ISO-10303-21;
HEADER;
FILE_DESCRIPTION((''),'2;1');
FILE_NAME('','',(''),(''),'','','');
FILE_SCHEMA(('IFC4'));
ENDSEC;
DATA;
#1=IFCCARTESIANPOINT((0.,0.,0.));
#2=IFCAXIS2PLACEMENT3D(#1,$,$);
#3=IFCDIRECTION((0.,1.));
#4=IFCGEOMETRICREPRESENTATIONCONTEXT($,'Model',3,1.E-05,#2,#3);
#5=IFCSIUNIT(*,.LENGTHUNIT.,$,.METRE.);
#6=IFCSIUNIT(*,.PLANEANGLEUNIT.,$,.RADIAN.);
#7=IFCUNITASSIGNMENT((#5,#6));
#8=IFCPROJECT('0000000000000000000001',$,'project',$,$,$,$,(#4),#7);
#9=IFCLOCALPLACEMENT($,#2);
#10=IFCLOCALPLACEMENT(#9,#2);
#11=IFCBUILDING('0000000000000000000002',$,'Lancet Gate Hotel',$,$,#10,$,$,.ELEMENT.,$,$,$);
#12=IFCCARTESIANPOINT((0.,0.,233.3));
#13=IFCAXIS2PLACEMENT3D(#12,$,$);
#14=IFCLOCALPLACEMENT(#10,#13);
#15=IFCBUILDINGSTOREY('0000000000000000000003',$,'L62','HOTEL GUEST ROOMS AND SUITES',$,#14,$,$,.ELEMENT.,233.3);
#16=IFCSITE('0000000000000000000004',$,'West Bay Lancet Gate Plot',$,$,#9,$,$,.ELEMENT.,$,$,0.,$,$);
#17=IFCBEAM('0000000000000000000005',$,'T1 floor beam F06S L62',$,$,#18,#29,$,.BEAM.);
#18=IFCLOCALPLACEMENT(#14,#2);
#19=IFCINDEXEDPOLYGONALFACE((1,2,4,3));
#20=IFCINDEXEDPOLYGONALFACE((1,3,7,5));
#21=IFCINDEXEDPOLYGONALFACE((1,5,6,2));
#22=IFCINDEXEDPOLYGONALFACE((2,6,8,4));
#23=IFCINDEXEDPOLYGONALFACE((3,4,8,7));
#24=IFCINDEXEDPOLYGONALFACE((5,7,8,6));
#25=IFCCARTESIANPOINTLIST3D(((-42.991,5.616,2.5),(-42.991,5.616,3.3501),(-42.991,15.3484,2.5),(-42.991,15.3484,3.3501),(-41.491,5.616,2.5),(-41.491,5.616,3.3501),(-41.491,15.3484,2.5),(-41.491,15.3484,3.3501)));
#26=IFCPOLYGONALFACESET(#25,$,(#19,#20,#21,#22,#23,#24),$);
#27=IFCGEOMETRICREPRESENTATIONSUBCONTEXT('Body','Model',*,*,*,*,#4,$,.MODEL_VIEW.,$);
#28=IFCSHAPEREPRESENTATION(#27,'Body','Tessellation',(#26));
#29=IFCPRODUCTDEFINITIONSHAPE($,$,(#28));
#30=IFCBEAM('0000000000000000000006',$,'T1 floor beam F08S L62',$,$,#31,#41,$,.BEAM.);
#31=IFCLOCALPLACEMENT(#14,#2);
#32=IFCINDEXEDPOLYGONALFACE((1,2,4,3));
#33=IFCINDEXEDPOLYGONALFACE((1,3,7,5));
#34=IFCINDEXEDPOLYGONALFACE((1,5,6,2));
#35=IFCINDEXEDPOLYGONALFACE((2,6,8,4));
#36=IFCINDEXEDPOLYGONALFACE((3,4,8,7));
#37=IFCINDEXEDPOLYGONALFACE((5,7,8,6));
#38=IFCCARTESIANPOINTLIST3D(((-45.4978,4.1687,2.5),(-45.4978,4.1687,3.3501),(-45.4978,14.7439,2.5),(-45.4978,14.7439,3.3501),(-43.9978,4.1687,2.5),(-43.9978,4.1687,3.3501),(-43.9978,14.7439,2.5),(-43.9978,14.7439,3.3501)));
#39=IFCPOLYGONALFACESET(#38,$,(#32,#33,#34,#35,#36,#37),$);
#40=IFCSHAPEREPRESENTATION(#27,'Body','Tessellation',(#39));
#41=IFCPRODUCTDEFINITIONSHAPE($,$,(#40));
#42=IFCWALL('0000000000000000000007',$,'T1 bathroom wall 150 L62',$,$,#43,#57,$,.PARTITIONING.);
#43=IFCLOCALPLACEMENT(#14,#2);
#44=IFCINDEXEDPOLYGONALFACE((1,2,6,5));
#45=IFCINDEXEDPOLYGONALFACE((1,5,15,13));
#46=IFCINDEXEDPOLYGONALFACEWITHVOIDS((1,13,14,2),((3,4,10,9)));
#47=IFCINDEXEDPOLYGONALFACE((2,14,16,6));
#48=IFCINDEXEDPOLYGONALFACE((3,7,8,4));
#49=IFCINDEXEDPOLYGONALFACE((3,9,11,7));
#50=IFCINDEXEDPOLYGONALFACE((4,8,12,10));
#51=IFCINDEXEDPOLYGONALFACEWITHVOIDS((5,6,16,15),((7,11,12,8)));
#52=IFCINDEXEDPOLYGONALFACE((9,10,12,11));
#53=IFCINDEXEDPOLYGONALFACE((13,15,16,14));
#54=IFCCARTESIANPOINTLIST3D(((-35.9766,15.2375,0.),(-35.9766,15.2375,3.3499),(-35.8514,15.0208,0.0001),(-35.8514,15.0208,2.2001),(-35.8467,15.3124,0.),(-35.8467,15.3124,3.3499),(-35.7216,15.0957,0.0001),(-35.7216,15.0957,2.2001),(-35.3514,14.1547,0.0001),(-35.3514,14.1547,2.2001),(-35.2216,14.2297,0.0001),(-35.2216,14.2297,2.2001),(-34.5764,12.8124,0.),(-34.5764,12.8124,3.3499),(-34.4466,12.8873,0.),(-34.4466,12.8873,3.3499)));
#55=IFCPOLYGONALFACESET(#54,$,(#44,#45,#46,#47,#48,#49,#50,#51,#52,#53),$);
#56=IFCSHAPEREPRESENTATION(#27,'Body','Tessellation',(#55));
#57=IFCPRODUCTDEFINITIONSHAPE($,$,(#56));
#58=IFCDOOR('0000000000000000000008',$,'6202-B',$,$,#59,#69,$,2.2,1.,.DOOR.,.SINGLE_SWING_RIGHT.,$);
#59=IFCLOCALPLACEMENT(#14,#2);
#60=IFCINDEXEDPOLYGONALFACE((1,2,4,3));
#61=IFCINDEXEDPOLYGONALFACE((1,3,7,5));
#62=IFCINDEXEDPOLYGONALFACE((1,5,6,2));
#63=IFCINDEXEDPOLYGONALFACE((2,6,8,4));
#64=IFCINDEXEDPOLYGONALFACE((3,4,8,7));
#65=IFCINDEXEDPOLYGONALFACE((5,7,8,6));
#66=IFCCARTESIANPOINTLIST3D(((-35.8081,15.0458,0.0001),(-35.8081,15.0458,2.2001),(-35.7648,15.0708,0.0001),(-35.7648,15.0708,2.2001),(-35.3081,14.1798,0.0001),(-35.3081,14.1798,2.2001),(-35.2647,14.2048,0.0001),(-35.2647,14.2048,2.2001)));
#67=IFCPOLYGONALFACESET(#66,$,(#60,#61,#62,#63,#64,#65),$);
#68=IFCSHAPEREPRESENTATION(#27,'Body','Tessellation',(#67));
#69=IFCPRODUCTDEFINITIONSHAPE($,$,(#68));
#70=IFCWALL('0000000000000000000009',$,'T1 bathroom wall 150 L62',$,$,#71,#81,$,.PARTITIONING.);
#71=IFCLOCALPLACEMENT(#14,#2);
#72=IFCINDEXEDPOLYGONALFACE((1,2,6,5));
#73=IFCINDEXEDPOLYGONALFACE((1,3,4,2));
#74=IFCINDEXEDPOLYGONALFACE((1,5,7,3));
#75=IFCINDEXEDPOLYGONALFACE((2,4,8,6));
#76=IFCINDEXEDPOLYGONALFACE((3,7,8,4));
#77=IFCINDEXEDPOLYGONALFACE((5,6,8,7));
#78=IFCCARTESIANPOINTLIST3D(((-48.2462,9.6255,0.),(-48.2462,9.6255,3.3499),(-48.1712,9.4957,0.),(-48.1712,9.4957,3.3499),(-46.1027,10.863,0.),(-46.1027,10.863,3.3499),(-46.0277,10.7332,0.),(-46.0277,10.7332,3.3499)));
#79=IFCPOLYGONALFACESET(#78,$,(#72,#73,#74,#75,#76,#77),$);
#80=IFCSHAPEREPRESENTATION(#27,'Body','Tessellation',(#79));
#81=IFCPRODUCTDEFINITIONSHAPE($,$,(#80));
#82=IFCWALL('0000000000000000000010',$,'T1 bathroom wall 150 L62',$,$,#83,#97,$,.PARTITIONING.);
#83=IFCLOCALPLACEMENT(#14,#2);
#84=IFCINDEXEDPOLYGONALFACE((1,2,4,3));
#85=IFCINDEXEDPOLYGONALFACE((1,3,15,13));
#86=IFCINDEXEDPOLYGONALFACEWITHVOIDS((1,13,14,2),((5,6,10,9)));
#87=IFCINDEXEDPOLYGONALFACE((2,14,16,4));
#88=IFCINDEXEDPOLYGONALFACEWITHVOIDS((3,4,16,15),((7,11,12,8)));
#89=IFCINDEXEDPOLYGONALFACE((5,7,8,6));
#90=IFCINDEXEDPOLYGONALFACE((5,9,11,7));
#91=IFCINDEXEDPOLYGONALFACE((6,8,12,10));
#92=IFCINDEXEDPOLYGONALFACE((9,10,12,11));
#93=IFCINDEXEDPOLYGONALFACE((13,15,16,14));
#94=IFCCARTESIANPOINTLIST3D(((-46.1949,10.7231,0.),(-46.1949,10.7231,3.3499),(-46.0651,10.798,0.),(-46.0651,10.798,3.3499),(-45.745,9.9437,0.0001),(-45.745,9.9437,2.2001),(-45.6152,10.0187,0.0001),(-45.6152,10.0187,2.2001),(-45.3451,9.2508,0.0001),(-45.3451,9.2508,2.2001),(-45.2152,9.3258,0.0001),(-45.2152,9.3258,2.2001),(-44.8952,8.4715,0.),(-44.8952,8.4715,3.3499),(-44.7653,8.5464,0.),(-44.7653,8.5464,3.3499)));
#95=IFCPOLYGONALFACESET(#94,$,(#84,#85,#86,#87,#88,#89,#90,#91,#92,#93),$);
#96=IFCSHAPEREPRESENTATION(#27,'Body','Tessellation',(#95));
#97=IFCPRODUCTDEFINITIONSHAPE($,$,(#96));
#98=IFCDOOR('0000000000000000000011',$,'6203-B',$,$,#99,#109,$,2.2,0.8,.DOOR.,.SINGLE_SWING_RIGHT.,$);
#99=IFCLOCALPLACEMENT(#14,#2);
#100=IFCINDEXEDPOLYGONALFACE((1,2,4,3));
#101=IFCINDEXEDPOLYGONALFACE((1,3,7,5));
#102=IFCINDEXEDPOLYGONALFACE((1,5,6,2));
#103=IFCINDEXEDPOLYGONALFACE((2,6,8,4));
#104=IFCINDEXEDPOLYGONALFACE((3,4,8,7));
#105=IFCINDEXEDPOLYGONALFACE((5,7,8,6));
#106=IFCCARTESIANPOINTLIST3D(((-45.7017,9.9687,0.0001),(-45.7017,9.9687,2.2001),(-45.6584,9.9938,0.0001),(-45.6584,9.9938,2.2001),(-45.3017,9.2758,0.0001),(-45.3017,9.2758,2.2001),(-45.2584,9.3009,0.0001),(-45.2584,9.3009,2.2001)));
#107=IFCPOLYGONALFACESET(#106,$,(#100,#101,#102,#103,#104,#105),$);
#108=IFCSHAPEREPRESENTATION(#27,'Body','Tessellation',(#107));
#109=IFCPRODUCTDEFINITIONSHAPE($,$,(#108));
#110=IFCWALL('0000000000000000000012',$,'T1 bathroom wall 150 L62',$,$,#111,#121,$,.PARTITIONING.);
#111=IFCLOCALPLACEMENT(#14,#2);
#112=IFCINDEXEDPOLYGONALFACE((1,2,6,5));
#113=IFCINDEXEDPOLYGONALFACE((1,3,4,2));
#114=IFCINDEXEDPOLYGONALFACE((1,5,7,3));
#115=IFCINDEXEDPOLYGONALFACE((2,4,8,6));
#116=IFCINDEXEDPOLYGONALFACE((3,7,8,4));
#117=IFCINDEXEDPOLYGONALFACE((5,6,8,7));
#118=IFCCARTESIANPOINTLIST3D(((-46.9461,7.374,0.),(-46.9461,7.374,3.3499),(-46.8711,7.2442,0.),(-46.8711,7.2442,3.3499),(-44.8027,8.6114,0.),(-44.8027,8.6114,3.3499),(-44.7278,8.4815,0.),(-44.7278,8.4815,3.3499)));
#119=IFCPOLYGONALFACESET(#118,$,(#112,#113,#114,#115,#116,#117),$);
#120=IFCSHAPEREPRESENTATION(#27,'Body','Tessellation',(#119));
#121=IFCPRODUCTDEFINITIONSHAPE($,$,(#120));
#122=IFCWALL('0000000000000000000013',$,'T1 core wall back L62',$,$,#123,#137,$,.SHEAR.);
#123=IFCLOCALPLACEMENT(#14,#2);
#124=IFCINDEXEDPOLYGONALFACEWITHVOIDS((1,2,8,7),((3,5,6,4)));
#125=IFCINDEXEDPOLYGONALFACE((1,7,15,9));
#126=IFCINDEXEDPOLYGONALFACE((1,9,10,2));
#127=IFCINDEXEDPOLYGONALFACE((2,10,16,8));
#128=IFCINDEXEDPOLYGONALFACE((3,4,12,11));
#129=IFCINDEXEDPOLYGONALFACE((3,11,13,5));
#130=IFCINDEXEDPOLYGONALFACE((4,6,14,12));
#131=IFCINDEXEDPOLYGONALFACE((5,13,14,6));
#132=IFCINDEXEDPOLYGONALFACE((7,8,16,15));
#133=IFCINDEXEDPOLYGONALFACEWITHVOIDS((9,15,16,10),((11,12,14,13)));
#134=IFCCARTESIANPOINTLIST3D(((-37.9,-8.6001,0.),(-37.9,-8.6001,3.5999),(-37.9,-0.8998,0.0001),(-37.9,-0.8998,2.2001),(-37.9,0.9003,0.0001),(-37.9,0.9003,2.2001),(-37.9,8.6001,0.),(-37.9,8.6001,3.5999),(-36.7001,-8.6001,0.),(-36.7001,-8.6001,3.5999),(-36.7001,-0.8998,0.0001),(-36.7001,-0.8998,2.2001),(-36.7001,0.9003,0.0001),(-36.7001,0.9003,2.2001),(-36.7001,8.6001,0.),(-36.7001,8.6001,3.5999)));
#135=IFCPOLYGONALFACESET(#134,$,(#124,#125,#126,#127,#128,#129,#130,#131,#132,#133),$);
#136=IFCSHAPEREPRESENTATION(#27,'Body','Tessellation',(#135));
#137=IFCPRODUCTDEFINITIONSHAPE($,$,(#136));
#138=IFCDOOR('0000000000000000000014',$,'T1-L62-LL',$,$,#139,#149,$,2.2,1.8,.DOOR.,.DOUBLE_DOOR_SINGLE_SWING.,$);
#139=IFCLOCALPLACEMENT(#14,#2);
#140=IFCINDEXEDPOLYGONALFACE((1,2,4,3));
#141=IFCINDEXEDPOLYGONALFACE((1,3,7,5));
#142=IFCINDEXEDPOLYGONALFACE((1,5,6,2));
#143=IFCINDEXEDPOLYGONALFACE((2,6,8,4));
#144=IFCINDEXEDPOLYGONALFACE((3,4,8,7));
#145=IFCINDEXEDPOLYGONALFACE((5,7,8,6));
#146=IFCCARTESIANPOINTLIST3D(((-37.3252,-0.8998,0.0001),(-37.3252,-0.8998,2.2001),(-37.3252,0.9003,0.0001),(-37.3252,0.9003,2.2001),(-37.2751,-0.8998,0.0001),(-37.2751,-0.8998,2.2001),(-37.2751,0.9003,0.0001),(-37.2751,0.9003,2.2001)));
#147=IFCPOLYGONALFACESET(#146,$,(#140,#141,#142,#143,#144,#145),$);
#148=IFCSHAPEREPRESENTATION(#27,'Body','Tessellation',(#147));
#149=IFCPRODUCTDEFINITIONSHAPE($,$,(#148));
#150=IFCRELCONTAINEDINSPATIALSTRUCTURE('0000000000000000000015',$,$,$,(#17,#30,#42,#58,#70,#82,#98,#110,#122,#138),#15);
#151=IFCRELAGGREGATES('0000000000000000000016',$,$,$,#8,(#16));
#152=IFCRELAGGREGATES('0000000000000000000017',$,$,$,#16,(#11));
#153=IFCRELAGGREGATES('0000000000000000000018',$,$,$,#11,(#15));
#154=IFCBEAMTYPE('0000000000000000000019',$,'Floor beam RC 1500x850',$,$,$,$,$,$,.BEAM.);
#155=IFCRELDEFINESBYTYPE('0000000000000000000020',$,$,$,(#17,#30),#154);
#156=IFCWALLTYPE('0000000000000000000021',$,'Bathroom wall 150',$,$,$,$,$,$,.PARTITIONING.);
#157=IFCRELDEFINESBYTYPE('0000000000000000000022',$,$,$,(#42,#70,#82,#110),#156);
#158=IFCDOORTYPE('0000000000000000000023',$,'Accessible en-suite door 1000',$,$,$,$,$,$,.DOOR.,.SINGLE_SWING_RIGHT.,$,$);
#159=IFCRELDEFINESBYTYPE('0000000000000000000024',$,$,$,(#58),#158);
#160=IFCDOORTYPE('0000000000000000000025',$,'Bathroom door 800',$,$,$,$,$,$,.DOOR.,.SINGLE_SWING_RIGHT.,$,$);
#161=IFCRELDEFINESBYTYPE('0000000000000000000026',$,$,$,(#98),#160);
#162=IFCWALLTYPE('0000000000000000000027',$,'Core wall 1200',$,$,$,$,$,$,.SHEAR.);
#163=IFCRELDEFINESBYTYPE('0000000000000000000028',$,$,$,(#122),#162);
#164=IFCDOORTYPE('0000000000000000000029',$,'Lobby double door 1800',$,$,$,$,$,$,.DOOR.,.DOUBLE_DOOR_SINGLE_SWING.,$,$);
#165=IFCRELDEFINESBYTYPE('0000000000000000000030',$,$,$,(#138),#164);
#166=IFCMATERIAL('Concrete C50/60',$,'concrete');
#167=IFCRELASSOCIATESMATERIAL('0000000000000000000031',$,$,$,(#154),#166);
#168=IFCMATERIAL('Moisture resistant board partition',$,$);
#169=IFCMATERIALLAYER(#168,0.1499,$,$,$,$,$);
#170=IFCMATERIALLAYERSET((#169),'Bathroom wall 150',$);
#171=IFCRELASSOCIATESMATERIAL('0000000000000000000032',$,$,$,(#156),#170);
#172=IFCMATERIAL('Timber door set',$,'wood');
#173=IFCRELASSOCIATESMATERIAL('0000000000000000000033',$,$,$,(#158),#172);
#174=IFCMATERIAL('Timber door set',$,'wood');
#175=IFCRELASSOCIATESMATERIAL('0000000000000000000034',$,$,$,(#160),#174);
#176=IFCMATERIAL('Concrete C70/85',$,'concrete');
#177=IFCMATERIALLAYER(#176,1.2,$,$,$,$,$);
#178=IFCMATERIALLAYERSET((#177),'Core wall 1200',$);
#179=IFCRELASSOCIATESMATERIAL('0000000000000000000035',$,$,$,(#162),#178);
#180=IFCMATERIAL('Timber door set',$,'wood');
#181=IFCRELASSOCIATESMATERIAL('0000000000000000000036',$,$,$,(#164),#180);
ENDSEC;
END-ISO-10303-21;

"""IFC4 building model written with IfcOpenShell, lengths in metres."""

from ifc_helpers import new_model, si_unit, direction, frame, frame_2d, origin, origin_2d, place, context, subcontext, project, spatial, rectangle, extrude, material, layer, layer_set, material_profile, profile_set, type_object, element, fill, save


model = new_model("IFC4")

# Units and contexts
model_context = context("Model", 3, precision=1e-05, world=origin(), true_north=direction((0.0, 1.0)))
body_context = subcontext(model_context, "Body", "Model", "MODEL_VIEW")
ifc_project = project(units=[si_unit("LENGTHUNIT", "METRE"), si_unit("PLANEANGLEUNIT", "RADIAN")], contexts=[model_context])

# Site, building, storey
site_placement = place(None, origin())
site = spatial("IfcSite", under=ifc_project, at=site_placement, Name="West Bay Lancet Gate Plot", CompositionType="ELEMENT", RefElevation=0.0)
building_placement = place(site_placement, origin())
building = spatial("IfcBuilding", under=site, at=building_placement, Name="Lancet Gate Hotel", CompositionType="ELEMENT")
storey_placement = place(building_placement, frame((0.0, 0.0, 233.3)))
storey = spatial("IfcBuildingStorey", under=building, at=storey_placement, Name="L62", Description="HOTEL GUEST ROOMS AND SUITES", CompositionType="ELEMENT", Elevation=233.3)

# Beams
ifc_material_1 = material(Name="Concrete C50/60", Category="concrete")
ifc_material_profile = material_profile(ifc_material_1, rectangle(XDim=1.5, YDim=0.8501, at=origin_2d()), Name="RC 1500x850")
ifc_profile_set = profile_set([ifc_material_profile], Name="Concrete C50/60")
beam_type = type_object("IfcBeamType", Name="Floor beam RC 1500x850", PredefinedType="BEAM", material=ifc_profile_set)
beam_1_placement = place(storey_placement, frame((-42.241, 15.3484, 2.925), z_axis=(0.0, -1.0, 0.0), x_axis=(1.0, 0.0, 0.0)))
element("IfcBeam", 1, at=beam_1_placement, inside=storey, type_object=beam_type, Name="T1 floor beam F06S L62", PredefinedType="BEAM", context=body_context, shape_type="SweptSolid", body=[
    extrude(rectangle(XDim=1.5, YDim=0.8501, at=origin_2d()), origin(), (0.0, 0.0, 1.0), 9.7324),
])
beam_2_placement = place(storey_placement, frame((-44.7478, 14.7439, 2.925), z_axis=(0.0, -1.0, 0.0), x_axis=(1.0, 0.0, 0.0)))
element("IfcBeam", 2, at=beam_2_placement, inside=storey, type_object=beam_type, Name="T1 floor beam F08S L62", PredefinedType="BEAM", context=body_context, shape_type="SweptSolid", body=[
    extrude(rectangle(XDim=1.5, YDim=0.8501, at=origin_2d()), origin(), (0.0, 0.0, 1.0), 10.5752),
])

# Wall, opening, door
ifc_material_2 = material(Name="Moisture resistant board partition")
ifc_layer_1 = layer(ifc_material_2, 0.1499)
ifc_layer_set_1 = layer_set([ifc_layer_1], Name="Bathroom wall 150")
wall_type_1 = type_object("IfcWallType", Name="Bathroom wall 150", PredefinedType="PARTITIONING", material=ifc_layer_set_1)
wall_1_placement = place(storey_placement, frame((-34.5115, 12.8499, 0.0), z_axis=(0.0, 0.0, 1.0), x_axis=(-0.500012, 0.866019, 0.0)))
wall_1 = element("IfcWall", 3, at=wall_1_placement, inside=storey, type_object=wall_type_1, Name="T1 bathroom wall 150 L62", PredefinedType="PARTITIONING", context=body_context, shape_type="SweptSolid", body=[
    extrude(rectangle(XDim=2.8003, YDim=0.1499, at=frame_2d((1.4001, 0.0))), origin(), (0.0, 0.0, 1.0), 3.3499),
])
opening_1_placement = place(wall_1_placement, frame((1.55, 0.0, 0.0)))
opening_1 = element("IfcOpeningElement", 4, at=opening_1_placement, cuts=wall_1, PredefinedType="OPENING", context=body_context, shape_type="SweptSolid", body=[
    extrude(rectangle(XDim=1.0, YDim=2.2, at=frame_2d((0.5, 1.1001))), frame((0.0, 0.085, 0.0), z_axis=(0.0, -1.0, 0.0), x_axis=(1.0, 0.0, 0.0)), (0.0, 0.0, 1.0), 0.1699),
])
ifc_material_3 = material(Name="Timber door set", Category="wood")
door_type_1 = type_object("IfcDoorType", Name="Accessible en-suite door 1000", OperationType="SINGLE_SWING_RIGHT", PredefinedType="DOOR", material=ifc_material_3)
door_1_placement = place(opening_1_placement, origin())
door_1 = element("IfcDoor", 5, at=door_1_placement, inside=storey, type_object=door_type_1, Name="6202-B", OperationType="SINGLE_SWING_RIGHT", OverallHeight=2.2, OverallWidth=1.0, PredefinedType="DOOR", context=body_context, shape_type="SweptSolid", body=[
    extrude(rectangle(XDim=1.0, YDim=2.2, at=frame_2d((0.5, 1.1001))), frame((0.0, 0.0249, 0.0), z_axis=(0.0, -1.0, 0.0), x_axis=(1.0, 0.0, 0.0)), (0.0, 0.0, 1.0), 0.05),
])
fill(opening_1, door_1)

# Wall
wall_2_placement = place(storey_placement, frame((-46.0652, 10.7981, 0.0), z_axis=(0.0, 0.0, 1.0), x_axis=(-0.866031, -0.49999, 0.0)))
element("IfcWall", 6, at=wall_2_placement, inside=storey, type_object=wall_type_1, Name="T1 bathroom wall 150 L62", PredefinedType="PARTITIONING", context=body_context, shape_type="SweptSolid", body=[
    extrude(rectangle(XDim=2.4751, YDim=0.1499, at=frame_2d((1.2375, 0.0))), origin(), (0.0, 0.0, 1.0), 3.3499),
])

# Wall, opening, door
wall_3_placement = place(storey_placement, frame((-44.8303, 8.509, 0.0), z_axis=(0.0, 0.0, 1.0), x_axis=(-0.499937, 0.866062, 0.0)))
wall_3 = element("IfcWall", 7, at=wall_3_placement, inside=storey, type_object=wall_type_1, Name="T1 bathroom wall 150 L62", PredefinedType="PARTITIONING", context=body_context, shape_type="SweptSolid", body=[
    extrude(rectangle(XDim=2.5999, YDim=0.1499, at=frame_2d((1.2998, 0.0))), origin(), (0.0, 0.0, 1.0), 3.3499),
])
opening_2_placement = place(wall_3_placement, frame((0.8999, 0.0, 0.0)))
opening_2 = element("IfcOpeningElement", 8, at=opening_2_placement, cuts=wall_3, PredefinedType="OPENING", context=body_context, shape_type="SweptSolid", body=[
    extrude(rectangle(XDim=0.8, YDim=2.2, at=frame_2d((0.3999, 1.1001))), frame((0.0, 0.085, 0.0), z_axis=(0.0, -1.0, 0.0), x_axis=(1.0, 0.0, 0.0)), (0.0, 0.0, 1.0), 0.1699),
])
ifc_material_4 = material(Name="Timber door set", Category="wood")
door_type_2 = type_object("IfcDoorType", Name="Bathroom door 800", OperationType="SINGLE_SWING_RIGHT", PredefinedType="DOOR", material=ifc_material_4)
door_2_placement = place(opening_2_placement, origin())
door_2 = element("IfcDoor", 9, at=door_2_placement, inside=storey, type_object=door_type_2, Name="6203-B", OperationType="SINGLE_SWING_RIGHT", OverallHeight=2.2, OverallWidth=0.8, PredefinedType="DOOR", context=body_context, shape_type="SweptSolid", body=[
    extrude(rectangle(XDim=0.8, YDim=2.2, at=frame_2d((0.3999, 1.1001))), frame((0.0, 0.0249, 0.0), z_axis=(0.0, -1.0, 0.0), x_axis=(1.0, 0.0, 0.0)), (0.0, 0.0, 1.0), 0.05),
])
fill(opening_2, door_2)

# Wall
wall_4_placement = place(storey_placement, frame((-44.7654, 8.5464, 0.0), z_axis=(0.0, 0.0, 1.0), x_axis=(-0.866049, -0.499959, 0.0)))
element("IfcWall", 10, at=wall_4_placement, inside=storey, type_object=wall_type_1, Name="T1 bathroom wall 150 L62", PredefinedType="PARTITIONING", context=body_context, shape_type="SweptSolid", body=[
    extrude(rectangle(XDim=2.4749, YDim=0.1499, at=frame_2d((1.2373, 0.0))), origin(), (0.0, 0.0, 1.0), 3.3499),
])

# Wall, opening, door
ifc_material_5 = material(Name="Concrete C70/85", Category="concrete")
ifc_layer_2 = layer(ifc_material_5, 1.2)
ifc_layer_set_2 = layer_set([ifc_layer_2], Name="Core wall 1200")
wall_type_2 = type_object("IfcWallType", Name="Core wall 1200", PredefinedType="SHEAR", material=ifc_layer_set_2)
wall_5_placement = place(storey_placement, frame((-37.3, 8.6001, 0.0), z_axis=(0.0, 0.0, 1.0), x_axis=(0.0, -1.0, 0.0)))
wall_5 = element("IfcWall", 11, at=wall_5_placement, inside=storey, type_object=wall_type_2, Name="T1 core wall back L62", PredefinedType="SHEAR", context=body_context, shape_type="SweptSolid", body=[
    extrude(rectangle(XDim=17.2002, YDim=1.2, at=frame_2d((8.6001, 0.0))), origin(), (0.0, 0.0, 1.0), 3.5999),
])
opening_3_placement = place(wall_5_placement, frame((7.7, 0.0, 0.0)))
opening_3 = element("IfcOpeningElement", 12, at=opening_3_placement, cuts=wall_5, PredefinedType="OPENING", context=body_context, shape_type="SweptSolid", body=[
    extrude(rectangle(XDim=1.8, YDim=2.2, at=frame_2d((0.8999, 1.1001))), frame((0.0, 0.6099, 0.0), z_axis=(0.0, -1.0, 0.0), x_axis=(1.0, 0.0, 0.0)), (0.0, 0.0, 1.0), 1.22),
])
ifc_material_6 = material(Name="Timber door set", Category="wood")
door_type_3 = type_object("IfcDoorType", Name="Lobby double door 1800", OperationType="DOUBLE_DOOR_SINGLE_SWING", PredefinedType="DOOR", material=ifc_material_6)
door_3_placement = place(opening_3_placement, origin())
door_3 = element("IfcDoor", 13, at=door_3_placement, inside=storey, type_object=door_type_3, Name="T1-L62-LL", OperationType="DOUBLE_DOOR_SINGLE_SWING", OverallHeight=2.2, OverallWidth=1.8, PredefinedType="DOOR", context=body_context, shape_type="SweptSolid", body=[
    extrude(rectangle(XDim=1.8, YDim=2.2, at=frame_2d((0.8999, 1.1001))), frame((0.0, 0.0249, 0.0), z_axis=(0.0, -1.0, 0.0), x_axis=(1.0, 0.0, 0.0)), (0.0, 0.0, 1.0), 0.05),
])
fill(opening_3, door_3)

save(model, "model.ifc")
